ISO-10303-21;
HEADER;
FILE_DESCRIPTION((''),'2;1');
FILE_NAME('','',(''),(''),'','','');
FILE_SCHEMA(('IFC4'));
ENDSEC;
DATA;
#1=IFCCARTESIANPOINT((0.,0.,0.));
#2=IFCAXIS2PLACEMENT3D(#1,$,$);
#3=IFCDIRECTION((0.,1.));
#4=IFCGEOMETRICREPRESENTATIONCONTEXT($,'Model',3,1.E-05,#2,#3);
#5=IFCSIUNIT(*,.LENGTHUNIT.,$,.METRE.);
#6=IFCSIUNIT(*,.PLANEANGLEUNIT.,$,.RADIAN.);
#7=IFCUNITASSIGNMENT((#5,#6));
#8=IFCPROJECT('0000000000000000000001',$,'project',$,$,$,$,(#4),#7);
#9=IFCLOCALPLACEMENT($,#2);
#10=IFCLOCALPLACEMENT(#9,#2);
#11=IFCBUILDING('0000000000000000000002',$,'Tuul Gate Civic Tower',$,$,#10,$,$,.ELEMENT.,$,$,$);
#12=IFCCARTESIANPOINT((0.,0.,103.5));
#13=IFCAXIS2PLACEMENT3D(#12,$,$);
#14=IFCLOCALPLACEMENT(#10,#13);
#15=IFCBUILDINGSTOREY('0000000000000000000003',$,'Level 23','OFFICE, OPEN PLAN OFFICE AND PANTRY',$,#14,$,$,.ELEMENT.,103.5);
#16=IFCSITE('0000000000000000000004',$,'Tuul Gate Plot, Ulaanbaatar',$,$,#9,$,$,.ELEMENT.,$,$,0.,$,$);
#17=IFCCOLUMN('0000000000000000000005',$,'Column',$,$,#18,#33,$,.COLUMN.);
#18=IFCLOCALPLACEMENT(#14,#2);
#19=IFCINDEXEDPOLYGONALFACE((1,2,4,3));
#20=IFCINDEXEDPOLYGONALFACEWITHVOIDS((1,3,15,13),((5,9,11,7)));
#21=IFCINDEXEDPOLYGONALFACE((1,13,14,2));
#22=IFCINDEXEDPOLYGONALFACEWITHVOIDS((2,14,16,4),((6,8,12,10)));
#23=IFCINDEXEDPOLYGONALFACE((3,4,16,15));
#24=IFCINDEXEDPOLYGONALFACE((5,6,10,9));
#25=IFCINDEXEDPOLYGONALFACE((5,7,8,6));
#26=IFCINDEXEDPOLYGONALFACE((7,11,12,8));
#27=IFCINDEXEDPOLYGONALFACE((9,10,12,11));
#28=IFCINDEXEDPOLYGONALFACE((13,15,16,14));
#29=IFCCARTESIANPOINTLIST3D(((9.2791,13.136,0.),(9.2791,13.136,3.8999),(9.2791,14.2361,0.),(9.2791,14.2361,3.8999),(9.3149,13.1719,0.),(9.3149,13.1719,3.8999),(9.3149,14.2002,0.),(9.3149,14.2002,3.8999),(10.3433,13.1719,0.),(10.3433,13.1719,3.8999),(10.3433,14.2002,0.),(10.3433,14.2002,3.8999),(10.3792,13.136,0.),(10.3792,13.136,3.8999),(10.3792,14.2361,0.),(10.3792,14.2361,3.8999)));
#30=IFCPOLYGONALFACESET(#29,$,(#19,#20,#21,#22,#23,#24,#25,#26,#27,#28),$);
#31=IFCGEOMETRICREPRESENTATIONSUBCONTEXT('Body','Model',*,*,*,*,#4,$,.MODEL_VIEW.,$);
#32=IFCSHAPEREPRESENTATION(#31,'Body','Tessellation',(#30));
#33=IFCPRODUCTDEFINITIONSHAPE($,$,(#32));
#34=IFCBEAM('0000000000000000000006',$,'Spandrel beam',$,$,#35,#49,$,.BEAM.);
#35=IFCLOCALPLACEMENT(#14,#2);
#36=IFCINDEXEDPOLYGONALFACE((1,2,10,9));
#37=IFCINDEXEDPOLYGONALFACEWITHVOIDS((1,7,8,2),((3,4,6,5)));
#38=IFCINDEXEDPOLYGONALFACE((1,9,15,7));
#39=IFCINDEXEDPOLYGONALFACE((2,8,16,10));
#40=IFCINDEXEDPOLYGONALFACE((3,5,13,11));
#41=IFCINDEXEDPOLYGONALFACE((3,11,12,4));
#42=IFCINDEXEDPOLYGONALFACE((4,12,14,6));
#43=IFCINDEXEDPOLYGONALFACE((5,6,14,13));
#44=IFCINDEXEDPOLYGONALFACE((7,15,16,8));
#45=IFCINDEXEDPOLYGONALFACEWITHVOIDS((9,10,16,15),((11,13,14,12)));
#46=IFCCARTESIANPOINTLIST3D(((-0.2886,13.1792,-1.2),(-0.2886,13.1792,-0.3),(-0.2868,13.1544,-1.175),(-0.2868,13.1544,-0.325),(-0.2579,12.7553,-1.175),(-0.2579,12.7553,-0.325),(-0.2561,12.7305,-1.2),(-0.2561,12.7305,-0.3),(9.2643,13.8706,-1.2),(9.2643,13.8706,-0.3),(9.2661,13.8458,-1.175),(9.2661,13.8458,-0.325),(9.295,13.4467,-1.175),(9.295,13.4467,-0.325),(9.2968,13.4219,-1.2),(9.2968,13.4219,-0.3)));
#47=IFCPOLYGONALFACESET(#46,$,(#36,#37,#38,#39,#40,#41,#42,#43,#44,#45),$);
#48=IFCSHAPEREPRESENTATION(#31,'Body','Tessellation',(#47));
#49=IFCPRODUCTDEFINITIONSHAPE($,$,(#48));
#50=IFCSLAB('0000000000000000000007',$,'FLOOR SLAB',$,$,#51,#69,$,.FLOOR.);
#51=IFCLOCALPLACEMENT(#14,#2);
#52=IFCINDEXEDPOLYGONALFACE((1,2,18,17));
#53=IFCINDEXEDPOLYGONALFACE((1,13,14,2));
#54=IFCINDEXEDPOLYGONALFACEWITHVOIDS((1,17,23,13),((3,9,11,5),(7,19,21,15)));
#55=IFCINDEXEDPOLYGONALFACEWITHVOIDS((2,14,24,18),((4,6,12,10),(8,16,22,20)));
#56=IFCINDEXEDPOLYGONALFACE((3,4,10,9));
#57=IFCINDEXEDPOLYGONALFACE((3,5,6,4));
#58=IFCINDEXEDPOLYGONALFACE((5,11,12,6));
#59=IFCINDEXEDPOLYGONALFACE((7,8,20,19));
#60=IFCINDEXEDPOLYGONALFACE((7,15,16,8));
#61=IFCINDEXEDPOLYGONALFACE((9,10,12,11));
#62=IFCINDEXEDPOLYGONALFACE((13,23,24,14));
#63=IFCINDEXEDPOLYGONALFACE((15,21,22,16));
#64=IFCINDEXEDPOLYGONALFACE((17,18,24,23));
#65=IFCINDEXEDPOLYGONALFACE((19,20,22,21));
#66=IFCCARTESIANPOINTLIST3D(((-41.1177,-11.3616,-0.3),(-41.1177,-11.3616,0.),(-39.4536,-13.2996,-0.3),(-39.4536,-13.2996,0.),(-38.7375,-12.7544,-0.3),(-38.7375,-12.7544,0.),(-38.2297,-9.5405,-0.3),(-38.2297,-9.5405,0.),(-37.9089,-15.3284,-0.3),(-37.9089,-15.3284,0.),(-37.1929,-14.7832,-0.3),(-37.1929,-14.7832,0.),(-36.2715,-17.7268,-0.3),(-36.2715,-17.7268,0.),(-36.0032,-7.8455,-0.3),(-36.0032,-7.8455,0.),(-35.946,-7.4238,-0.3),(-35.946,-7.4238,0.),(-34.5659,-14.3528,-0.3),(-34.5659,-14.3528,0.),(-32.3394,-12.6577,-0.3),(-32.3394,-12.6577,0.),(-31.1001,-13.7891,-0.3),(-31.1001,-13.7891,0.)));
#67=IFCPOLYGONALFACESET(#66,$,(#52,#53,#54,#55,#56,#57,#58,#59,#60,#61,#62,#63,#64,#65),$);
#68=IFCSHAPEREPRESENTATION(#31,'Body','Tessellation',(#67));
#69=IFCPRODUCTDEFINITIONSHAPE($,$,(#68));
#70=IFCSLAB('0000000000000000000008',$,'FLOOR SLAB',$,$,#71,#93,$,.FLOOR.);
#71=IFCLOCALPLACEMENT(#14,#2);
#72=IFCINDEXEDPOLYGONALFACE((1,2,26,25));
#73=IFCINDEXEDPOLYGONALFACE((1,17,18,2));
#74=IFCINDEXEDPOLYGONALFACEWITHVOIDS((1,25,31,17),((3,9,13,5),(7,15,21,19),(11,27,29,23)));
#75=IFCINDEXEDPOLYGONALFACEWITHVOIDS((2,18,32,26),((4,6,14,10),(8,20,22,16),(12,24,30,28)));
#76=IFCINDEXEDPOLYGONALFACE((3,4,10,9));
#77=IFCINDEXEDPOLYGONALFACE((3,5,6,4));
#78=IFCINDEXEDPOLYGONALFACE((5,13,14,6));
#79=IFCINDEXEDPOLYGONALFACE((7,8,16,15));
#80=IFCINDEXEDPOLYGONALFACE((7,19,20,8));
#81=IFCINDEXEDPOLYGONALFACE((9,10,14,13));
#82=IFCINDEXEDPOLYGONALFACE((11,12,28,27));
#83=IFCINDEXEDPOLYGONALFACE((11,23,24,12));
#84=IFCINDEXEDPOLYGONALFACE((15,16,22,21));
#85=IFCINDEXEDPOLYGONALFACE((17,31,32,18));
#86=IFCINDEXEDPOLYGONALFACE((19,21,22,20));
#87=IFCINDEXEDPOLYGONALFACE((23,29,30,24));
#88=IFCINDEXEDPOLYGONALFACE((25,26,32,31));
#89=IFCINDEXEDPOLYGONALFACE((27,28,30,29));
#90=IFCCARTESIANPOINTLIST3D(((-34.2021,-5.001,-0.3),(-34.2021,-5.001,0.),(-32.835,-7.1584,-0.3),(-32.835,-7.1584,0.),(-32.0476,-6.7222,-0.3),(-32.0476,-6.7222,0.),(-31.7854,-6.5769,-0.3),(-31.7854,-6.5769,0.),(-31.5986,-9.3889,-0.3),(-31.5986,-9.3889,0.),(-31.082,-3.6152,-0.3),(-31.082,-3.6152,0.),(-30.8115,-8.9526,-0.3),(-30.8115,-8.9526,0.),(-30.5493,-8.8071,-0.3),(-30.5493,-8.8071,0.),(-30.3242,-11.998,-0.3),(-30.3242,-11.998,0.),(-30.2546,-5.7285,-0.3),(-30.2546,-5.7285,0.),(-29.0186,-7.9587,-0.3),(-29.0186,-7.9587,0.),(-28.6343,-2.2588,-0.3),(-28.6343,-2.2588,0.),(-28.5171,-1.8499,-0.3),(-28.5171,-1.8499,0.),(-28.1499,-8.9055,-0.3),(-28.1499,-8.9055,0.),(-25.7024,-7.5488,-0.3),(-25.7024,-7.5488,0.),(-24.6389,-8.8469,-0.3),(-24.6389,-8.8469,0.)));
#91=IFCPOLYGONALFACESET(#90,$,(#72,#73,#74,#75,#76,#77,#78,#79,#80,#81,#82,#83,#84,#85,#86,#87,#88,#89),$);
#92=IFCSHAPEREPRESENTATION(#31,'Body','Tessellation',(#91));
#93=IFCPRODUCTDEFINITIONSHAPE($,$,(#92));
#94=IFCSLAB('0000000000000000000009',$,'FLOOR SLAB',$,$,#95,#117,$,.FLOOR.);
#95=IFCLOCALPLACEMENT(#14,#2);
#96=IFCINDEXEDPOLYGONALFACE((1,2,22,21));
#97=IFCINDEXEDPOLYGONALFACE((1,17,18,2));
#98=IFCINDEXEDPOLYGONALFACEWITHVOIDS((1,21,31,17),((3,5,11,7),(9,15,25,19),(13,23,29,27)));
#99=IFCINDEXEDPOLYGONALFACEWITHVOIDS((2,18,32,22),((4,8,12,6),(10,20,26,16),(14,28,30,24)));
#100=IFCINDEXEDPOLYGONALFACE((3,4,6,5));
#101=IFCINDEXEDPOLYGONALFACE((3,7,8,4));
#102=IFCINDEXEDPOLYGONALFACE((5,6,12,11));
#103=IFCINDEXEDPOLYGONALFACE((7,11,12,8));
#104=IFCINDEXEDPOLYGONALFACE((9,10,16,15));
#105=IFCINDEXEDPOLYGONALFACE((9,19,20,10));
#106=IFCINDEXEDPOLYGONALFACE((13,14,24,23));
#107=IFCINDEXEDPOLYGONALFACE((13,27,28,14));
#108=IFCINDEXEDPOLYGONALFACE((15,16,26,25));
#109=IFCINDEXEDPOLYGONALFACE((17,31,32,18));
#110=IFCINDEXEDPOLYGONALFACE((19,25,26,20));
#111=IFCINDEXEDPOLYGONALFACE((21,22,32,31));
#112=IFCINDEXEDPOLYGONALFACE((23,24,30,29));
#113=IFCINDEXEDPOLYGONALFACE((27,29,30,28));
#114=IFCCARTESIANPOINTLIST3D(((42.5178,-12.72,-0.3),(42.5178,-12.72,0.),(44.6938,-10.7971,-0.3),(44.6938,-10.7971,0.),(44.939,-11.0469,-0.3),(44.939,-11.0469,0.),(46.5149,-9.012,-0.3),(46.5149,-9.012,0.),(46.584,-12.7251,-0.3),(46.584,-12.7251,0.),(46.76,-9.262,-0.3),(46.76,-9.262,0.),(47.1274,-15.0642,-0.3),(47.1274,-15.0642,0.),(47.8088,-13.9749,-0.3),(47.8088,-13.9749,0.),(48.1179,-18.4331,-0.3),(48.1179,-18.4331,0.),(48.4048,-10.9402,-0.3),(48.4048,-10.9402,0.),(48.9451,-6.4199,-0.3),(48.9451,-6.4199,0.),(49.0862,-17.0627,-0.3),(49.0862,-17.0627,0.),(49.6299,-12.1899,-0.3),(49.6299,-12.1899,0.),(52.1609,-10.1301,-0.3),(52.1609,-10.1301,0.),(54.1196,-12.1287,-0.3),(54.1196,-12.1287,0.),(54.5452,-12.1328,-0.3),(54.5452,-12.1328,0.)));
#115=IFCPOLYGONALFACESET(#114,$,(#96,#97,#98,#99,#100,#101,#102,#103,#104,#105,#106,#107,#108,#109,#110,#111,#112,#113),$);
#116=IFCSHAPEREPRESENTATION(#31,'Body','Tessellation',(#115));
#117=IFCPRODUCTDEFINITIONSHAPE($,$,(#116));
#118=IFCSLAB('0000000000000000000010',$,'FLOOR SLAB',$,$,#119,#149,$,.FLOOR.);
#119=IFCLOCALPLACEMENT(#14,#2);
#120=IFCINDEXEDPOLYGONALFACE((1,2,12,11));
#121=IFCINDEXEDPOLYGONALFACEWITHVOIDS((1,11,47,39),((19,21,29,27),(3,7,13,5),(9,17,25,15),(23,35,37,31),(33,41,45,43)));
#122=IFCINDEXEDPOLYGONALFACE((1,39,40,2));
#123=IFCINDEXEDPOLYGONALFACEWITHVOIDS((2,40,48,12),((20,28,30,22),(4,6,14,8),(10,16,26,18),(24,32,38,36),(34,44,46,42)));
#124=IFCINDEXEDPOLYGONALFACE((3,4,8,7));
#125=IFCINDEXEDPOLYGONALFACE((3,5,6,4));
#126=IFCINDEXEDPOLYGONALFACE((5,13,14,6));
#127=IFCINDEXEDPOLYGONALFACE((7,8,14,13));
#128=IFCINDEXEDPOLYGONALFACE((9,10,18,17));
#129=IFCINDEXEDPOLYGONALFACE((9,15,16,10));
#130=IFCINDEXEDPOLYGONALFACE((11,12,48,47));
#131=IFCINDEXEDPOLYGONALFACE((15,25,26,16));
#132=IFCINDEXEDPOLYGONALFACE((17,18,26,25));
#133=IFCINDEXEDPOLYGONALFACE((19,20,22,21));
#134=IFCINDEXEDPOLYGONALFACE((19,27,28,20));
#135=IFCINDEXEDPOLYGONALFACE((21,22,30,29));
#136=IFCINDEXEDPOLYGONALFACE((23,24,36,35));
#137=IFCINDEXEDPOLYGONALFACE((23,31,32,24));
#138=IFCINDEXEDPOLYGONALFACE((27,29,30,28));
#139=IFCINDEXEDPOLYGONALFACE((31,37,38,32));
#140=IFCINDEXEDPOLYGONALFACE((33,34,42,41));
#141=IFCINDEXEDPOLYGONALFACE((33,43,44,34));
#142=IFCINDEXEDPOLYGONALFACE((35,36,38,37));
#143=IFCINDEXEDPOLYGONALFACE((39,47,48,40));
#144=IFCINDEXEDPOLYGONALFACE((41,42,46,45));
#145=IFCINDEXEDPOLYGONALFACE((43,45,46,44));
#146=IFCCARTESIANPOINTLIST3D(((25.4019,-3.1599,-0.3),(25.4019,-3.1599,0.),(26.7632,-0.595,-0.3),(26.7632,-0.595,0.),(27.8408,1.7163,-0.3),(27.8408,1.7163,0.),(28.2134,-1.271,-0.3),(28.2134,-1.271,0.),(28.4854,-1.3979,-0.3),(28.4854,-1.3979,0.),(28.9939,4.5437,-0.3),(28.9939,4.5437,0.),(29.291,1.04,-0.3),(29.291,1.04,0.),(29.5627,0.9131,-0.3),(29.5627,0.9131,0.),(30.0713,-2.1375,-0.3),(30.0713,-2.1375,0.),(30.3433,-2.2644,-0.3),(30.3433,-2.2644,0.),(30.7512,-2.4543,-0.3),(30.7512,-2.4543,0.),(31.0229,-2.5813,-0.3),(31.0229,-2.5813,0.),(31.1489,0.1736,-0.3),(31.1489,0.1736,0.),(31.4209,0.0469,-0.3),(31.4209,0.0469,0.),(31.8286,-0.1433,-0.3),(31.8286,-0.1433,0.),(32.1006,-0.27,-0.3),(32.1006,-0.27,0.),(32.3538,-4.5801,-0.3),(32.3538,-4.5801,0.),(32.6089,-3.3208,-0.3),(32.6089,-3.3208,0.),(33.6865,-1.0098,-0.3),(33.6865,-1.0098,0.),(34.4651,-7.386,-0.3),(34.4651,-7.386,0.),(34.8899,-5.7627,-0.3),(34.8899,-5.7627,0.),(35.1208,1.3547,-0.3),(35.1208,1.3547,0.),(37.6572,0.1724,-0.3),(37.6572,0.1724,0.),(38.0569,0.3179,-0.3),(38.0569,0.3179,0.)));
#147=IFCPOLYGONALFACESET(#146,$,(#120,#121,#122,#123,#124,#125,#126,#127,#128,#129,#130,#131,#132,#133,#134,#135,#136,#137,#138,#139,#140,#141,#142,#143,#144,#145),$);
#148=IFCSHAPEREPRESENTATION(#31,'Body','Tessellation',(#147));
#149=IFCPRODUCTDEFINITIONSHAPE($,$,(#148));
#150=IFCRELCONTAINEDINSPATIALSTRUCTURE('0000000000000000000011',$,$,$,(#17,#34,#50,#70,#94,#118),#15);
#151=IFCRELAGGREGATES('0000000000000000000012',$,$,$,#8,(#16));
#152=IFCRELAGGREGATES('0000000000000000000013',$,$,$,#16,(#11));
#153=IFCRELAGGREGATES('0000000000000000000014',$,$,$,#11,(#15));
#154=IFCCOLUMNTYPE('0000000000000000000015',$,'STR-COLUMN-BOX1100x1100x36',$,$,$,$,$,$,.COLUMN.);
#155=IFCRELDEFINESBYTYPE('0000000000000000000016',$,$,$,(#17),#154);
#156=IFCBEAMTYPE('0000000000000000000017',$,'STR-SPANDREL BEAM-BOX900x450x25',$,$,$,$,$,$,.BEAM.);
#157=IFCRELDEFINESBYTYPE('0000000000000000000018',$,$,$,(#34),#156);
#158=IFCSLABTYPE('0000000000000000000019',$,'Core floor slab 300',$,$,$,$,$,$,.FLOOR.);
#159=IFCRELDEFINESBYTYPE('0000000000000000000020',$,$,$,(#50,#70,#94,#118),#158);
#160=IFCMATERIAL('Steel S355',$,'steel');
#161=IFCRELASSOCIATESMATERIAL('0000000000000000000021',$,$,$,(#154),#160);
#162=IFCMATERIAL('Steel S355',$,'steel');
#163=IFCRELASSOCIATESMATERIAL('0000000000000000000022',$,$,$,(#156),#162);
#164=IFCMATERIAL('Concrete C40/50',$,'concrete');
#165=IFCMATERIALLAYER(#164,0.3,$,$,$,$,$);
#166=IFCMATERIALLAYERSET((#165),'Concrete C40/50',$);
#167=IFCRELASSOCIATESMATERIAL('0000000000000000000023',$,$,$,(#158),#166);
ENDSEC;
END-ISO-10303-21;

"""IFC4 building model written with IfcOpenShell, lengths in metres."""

from ifc_helpers import new_model, si_unit, direction, frame, origin, origin_2d, place, context, subcontext, project, spatial, polyline, hollow_rectangle, outline, extrude, material, layer, layer_set, material_profile, profile_set, type_object, element, save


model = new_model("IFC4")

# Units and contexts
model_context = context("Model", 3, precision=1e-05, world=origin(), true_north=direction((0.0, 1.0)))
body_context = subcontext(model_context, "Body", "Model", "MODEL_VIEW")
ifc_project = project(units=[si_unit("LENGTHUNIT", "METRE"), si_unit("PLANEANGLEUNIT", "RADIAN")], contexts=[model_context])

# Site, building, storey
site_placement = place(None, origin())
site = spatial("IfcSite", under=ifc_project, at=site_placement, Name="Tuul Gate Plot, Ulaanbaatar", CompositionType="ELEMENT", RefElevation=0.0)
building_placement = place(site_placement, origin())
building = spatial("IfcBuilding", under=site, at=building_placement, Name="Tuul Gate Civic Tower", CompositionType="ELEMENT")
storey_placement = place(building_placement, frame((0.0, 0.0, 103.5)))
storey = spatial("IfcBuildingStorey", under=building, at=storey_placement, Name="Level 23", Description="OFFICE, OPEN PLAN OFFICE AND PANTRY", CompositionType="ELEMENT", Elevation=103.5)

# Column
ifc_material_1 = material(Name="Steel S355", Category="steel")
ifc_material_profile_1 = material_profile(ifc_material_1, hollow_rectangle(XDim=1.1001, YDim=1.1001, WallThickness=0.0359, at=origin_2d()), Name="BOX1100x1100x36")
ifc_profile_set_1 = profile_set([ifc_material_profile_1], Name="Steel S355")
column_type = type_object("IfcColumnType", Name="STR-COLUMN-BOX1100x1100x36", PredefinedType="COLUMN", material=ifc_profile_set_1)
column_placement = place(storey_placement, frame((9.8291, 13.686, 0.0), z_axis=(0.0, 0.0, 1.0), x_axis=(1.0, 0.0, 0.0)))
element("IfcColumn", 1, at=column_placement, inside=storey, type_object=column_type, Name="Column", PredefinedType="COLUMN", context=body_context, shape_type="SweptSolid", body=[
    extrude(hollow_rectangle(XDim=1.1001, YDim=1.1001, WallThickness=0.0359, at=origin_2d()), origin(), (0.0, 0.0, 1.0), 3.8999),
])

# Beam
ifc_material_2 = material(Name="Steel S355", Category="steel")
ifc_material_profile_2 = material_profile(ifc_material_2, hollow_rectangle(XDim=0.45, YDim=0.8999, WallThickness=0.0249, at=origin_2d()), Name="BOX900x450x25")
ifc_profile_set_2 = profile_set([ifc_material_profile_2], Name="Steel S355")
beam_type = type_object("IfcBeamType", Name="STR-SPANDREL BEAM-BOX900x450x25", PredefinedType="BEAM", material=ifc_profile_set_2)
beam_placement = place(storey_placement, frame((9.2805, 13.6462, -0.75), z_axis=(-0.997391, -0.072187, 0.0), x_axis=(0.072187, -0.997391, 0.0)))
element("IfcBeam", 2, at=beam_placement, inside=storey, type_object=beam_type, Name="Spandrel beam", PredefinedType="BEAM", context=body_context, shape_type="SweptSolid", body=[
    extrude(hollow_rectangle(XDim=0.45, YDim=0.8999, WallThickness=0.0249, at=origin_2d()), origin(), (0.0, 0.0, 1.0), 9.5779),
])

# Slabs
ifc_material_3 = material(Name="Concrete C40/50", Category="concrete")
ifc_layer_1 = layer(ifc_material_3, 0.3)
ifc_layer_set_1 = layer_set([ifc_layer_1], Name="Concrete C40/50")
slab_type_1 = type_object("IfcSlabType", Name="Core floor slab 300", PredefinedType="FLOOR", material=ifc_layer_set_1)
slab_1_placement = place(storey_placement, frame((0.0, 0.0, -0.3)))
element("IfcSlab", 3, at=slab_1_placement, inside=storey, type_object=slab_type_1, Name="FLOOR SLAB", PredefinedType="FLOOR", context=body_context, shape_type="SweptSolid", body=[
    extrude(outline(polyline([(-31.1001, -13.7891), (-35.946, -7.4238), (-41.1177, -11.3616), (-36.2715, -17.7268), (-31.1001, -13.7891)]), holes=[polyline([(-37.1929, -14.7832), (-38.7375, -12.7544), (-39.4536, -13.2996), (-37.9089, -15.3284), (-37.1929, -14.7832)]), polyline([(-32.3394, -12.6577), (-34.5659, -14.3528), (-38.2297, -9.5405), (-36.0032, -7.8455), (-32.3394, -12.6577)])]), origin(), (0.0, 0.0, 1.0), 0.3),
])
slab_2_placement = place(storey_placement, frame((0.0, 0.0, -0.3)))
element("IfcSlab", 4, at=slab_2_placement, inside=storey, type_object=slab_type_1, Name="FLOOR SLAB", PredefinedType="FLOOR", context=body_context, shape_type="SweptSolid", body=[
    extrude(outline(polyline([(-24.6389, -8.8469), (-28.5171, -1.8499), (-34.2021, -5.001), (-30.3242, -11.998), (-24.6389, -8.8469)]), holes=[polyline([(-29.0186, -7.9587), (-30.2546, -5.7285), (-31.7854, -6.5769), (-30.5493, -8.8071), (-29.0186, -7.9587)]), polyline([(-30.8115, -8.9526), (-32.0476, -6.7222), (-32.835, -7.1584), (-31.5986, -9.3889), (-30.8115, -8.9526)]), polyline([(-25.7024, -7.5488), (-28.1499, -8.9055), (-31.082, -3.6152), (-28.6343, -2.2588), (-25.7024, -7.5488)])]), origin(), (0.0, 0.0, 1.0), 0.3),
])
slab_3_placement = place(storey_placement, frame((0.0, 0.0, -0.3)))
element("IfcSlab", 5, at=slab_3_placement, inside=storey, type_object=slab_type_1, Name="FLOOR SLAB", PredefinedType="FLOOR", context=body_context, shape_type="SweptSolid", body=[
    extrude(outline(polyline([(48.1179, -18.4331), (54.5452, -12.1328), (48.9451, -6.4199), (42.5178, -12.72), (48.1179, -18.4331)]), holes=[polyline([(47.8088, -13.9749), (49.6299, -12.1899), (48.4048, -10.9402), (46.584, -12.7251), (47.8088, -13.9749)]), polyline([(44.939, -11.0469), (46.76, -9.262), (46.5149, -9.012), (44.6938, -10.7971), (44.939, -11.0469)]), polyline([(49.0862, -17.0627), (47.1274, -15.0642), (52.1609, -10.1301), (54.1196, -12.1287), (49.0862, -17.0627)])]), origin(), (0.0, 0.0, 1.0), 0.3),
])
slab_4_placement = place(storey_placement, frame((0.0, 0.0, -0.3)))
element("IfcSlab", 6, at=slab_4_placement, inside=storey, type_object=slab_type_1, Name="FLOOR SLAB", PredefinedType="FLOOR", context=body_context, shape_type="SweptSolid", body=[
    extrude(outline(polyline([(34.4651, -7.386), (38.0569, 0.3179), (28.9939, 4.5437), (25.4019, -3.1599), (34.4651, -7.386)]), holes=[polyline([(32.6089, -3.3208), (33.6865, -1.0098), (32.1006, -0.27), (31.0229, -2.5813), (32.6089, -3.3208)]), polyline([(30.0713, -2.1375), (31.1489, 0.1736), (29.5627, 0.9131), (28.4854, -1.3979), (30.0713, -2.1375)]), polyline([(30.7512, -2.4543), (31.8286, -0.1433), (31.4209, 0.0469), (30.3433, -2.2644), (30.7512, -2.4543)]), polyline([(28.2134, -1.271), (29.291, 1.04), (27.8408, 1.7163), (26.7632, -0.595), (28.2134, -1.271)]), polyline([(34.8899, -5.7627), (32.3538, -4.5801), (35.1208, 1.3547), (37.6572, 0.1724), (34.8899, -5.7627)])]), origin(), (0.0, 0.0, 1.0), 0.3),
])

save(model, "model.ifc")
